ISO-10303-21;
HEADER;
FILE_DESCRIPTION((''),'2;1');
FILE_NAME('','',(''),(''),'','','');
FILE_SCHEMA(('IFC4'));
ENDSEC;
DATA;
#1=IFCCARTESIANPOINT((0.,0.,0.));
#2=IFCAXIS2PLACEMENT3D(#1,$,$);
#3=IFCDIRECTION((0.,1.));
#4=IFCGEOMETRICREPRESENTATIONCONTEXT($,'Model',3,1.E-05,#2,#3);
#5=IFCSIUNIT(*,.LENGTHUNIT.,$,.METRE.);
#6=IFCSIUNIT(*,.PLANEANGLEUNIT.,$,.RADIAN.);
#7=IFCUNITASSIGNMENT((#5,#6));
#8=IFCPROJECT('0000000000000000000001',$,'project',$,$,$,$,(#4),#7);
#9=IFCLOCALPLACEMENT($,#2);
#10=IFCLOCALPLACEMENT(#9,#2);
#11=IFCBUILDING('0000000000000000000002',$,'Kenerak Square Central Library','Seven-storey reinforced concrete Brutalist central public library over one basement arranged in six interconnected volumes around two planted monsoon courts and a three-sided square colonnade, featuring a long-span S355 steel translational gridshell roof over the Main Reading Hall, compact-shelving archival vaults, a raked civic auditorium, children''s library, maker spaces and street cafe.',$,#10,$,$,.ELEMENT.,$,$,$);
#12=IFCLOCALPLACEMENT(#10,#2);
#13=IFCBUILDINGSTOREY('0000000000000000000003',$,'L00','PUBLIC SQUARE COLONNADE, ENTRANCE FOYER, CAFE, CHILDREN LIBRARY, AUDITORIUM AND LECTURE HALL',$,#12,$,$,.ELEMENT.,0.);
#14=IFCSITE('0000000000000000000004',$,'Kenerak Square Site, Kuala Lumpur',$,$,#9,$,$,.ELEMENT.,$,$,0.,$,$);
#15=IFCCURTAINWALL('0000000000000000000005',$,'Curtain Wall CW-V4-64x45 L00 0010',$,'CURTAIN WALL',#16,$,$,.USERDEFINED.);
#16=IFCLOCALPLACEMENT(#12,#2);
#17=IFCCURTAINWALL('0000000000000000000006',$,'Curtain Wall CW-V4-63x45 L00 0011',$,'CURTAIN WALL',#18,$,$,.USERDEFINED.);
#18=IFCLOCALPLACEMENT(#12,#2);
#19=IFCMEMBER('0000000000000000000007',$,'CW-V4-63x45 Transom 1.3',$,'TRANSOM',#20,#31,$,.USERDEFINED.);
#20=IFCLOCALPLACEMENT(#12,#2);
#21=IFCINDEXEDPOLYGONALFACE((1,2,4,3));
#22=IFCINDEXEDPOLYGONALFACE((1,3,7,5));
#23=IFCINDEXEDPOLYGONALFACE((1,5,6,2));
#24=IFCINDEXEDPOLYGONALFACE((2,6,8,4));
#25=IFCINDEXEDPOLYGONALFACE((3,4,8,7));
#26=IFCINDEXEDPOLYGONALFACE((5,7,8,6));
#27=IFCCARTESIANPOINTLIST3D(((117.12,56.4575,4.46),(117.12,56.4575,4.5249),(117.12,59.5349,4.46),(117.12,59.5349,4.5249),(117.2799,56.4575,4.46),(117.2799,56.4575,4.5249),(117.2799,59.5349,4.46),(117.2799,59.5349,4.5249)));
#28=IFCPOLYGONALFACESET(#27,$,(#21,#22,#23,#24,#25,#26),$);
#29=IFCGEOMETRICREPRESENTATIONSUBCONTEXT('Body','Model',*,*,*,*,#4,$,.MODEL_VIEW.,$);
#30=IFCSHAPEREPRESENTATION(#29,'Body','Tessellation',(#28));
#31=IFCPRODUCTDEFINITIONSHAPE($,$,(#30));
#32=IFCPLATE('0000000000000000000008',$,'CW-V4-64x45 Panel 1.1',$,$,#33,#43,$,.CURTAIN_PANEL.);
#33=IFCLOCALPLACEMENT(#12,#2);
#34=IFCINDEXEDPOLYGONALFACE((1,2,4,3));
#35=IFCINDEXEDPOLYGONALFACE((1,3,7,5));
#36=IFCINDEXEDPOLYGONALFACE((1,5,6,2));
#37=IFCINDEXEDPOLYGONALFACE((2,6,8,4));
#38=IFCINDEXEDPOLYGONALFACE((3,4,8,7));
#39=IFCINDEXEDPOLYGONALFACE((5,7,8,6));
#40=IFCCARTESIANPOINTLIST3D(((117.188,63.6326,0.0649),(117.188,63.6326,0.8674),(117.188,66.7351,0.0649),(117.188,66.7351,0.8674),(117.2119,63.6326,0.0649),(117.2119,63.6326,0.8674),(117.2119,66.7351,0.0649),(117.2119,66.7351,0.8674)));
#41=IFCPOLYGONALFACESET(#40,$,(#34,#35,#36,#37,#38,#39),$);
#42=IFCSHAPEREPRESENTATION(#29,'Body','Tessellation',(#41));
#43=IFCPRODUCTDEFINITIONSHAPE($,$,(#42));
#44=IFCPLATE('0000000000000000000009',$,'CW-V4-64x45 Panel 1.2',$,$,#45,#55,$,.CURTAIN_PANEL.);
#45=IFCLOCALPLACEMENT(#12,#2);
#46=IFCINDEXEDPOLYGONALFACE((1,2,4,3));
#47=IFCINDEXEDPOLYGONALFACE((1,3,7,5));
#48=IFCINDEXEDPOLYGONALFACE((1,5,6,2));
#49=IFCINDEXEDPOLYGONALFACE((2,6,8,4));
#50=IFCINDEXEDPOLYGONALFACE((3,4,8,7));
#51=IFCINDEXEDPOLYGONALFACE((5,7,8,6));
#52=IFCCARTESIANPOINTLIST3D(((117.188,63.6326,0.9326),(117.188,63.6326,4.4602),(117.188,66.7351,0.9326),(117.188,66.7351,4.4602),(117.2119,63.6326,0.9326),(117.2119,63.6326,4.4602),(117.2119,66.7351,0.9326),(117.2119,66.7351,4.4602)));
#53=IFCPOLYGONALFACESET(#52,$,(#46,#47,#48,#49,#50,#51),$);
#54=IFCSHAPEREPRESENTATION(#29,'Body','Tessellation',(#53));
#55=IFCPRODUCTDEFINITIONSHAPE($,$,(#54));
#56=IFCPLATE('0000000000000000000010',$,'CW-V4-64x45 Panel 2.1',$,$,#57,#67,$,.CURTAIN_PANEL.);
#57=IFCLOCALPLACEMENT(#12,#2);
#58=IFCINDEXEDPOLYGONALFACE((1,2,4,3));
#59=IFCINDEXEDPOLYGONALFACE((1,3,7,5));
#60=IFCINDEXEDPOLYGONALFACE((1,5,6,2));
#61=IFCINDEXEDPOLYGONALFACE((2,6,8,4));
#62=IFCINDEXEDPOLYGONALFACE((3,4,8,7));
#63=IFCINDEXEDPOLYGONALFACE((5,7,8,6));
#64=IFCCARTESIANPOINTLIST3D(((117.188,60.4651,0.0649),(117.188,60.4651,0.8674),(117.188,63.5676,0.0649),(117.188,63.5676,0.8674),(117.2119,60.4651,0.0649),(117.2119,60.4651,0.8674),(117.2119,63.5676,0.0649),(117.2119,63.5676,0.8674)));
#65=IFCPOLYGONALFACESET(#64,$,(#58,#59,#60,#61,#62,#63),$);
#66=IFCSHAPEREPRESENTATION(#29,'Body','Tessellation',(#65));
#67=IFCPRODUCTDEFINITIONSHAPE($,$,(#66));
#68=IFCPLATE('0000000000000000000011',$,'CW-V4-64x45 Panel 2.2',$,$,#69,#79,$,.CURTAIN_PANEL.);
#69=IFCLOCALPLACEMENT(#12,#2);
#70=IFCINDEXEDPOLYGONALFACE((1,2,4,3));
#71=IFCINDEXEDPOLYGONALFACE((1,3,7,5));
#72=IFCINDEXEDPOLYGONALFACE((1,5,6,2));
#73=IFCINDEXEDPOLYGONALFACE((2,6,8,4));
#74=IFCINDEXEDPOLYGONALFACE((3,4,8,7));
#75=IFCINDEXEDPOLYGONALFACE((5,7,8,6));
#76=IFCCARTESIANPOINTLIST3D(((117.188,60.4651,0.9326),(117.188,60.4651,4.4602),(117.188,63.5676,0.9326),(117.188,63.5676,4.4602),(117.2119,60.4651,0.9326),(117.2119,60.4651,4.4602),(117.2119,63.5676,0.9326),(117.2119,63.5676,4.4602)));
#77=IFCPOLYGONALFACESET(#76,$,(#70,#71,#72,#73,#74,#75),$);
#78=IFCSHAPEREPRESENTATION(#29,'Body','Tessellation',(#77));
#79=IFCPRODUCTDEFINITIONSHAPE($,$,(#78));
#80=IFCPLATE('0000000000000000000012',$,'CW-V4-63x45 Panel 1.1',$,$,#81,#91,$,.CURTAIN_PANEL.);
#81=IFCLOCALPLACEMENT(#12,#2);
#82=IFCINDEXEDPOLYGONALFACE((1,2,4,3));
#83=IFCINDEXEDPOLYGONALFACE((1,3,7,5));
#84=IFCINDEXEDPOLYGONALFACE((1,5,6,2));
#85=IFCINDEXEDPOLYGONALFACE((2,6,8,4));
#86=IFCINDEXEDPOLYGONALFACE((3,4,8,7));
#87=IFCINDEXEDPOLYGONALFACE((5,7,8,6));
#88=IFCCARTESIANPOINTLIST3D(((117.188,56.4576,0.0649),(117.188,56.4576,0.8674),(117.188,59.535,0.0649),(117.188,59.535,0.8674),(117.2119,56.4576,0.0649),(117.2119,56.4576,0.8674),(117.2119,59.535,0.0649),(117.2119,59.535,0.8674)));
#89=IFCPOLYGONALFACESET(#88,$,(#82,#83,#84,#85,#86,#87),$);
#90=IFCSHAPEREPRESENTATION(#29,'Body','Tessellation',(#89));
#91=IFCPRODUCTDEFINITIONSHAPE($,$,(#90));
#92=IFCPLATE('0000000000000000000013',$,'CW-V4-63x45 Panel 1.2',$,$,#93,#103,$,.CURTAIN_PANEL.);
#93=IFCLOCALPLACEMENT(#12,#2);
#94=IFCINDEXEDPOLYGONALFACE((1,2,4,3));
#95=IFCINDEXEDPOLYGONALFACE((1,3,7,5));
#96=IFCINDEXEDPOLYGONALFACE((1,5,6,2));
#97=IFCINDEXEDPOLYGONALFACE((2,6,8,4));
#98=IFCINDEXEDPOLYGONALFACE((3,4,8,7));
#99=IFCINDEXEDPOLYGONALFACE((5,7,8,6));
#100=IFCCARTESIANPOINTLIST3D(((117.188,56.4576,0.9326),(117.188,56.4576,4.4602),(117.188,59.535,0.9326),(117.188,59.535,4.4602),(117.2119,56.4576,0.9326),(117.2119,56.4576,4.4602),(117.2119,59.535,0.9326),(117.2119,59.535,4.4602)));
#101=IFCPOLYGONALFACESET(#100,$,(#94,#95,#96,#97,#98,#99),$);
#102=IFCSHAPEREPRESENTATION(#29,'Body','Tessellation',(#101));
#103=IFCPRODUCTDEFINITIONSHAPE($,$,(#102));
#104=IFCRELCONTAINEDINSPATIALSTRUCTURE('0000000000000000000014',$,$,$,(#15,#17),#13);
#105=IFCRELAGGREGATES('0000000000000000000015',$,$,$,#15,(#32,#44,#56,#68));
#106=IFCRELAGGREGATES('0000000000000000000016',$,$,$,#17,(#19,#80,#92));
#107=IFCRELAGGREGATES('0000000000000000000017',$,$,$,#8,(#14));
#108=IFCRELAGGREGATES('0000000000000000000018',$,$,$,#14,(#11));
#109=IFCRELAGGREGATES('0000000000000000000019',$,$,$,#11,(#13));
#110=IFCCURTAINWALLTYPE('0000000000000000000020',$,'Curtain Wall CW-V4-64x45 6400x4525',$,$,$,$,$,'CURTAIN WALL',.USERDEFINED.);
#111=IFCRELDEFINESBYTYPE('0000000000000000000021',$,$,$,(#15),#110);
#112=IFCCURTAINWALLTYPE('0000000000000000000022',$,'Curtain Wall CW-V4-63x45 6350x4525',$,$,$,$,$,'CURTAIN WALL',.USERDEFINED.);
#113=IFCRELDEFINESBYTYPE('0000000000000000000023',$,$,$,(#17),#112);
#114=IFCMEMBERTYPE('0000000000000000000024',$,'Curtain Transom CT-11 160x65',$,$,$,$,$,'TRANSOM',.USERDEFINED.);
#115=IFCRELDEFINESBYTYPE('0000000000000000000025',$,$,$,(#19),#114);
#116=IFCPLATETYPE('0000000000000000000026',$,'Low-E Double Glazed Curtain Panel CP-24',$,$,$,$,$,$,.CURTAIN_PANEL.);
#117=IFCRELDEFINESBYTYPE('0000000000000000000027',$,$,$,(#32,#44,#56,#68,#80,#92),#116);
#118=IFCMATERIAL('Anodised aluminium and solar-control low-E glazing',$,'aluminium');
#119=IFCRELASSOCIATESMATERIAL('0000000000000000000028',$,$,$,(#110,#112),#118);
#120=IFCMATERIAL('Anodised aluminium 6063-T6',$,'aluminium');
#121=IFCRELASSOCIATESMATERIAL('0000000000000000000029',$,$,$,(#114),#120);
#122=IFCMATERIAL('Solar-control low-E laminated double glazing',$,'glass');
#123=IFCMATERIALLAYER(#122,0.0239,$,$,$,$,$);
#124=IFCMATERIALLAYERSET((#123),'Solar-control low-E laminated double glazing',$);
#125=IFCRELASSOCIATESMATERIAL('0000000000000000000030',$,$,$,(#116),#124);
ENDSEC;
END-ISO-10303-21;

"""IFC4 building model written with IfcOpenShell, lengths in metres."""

from ifc_helpers import new_model, si_unit, direction, frame, origin, origin_2d, place, context, subcontext, project, spatial, rectangle, extrude, material, layer, layer_set, material_profile, profile_set, type_object, element, aggregate, save


model = new_model("IFC4")

# Units and contexts
model_context = context("Model", 3, precision=1e-05, world=origin(), true_north=direction((0.0, 1.0)))
body_context = subcontext(model_context, "Body", "Model", "MODEL_VIEW")
ifc_project = project(units=[si_unit("LENGTHUNIT", "METRE"), si_unit("PLANEANGLEUNIT", "RADIAN")], contexts=[model_context])

# Site, building, storey
site_placement = place(None, origin())
site = spatial("IfcSite", under=ifc_project, at=site_placement, Name="Kenerak Square Site, Kuala Lumpur", CompositionType="ELEMENT", RefElevation=0.0)
building_placement = place(site_placement, origin())
building = spatial("IfcBuilding", under=site, at=building_placement, Name="Kenerak Square Central Library", Description="Seven-storey reinforced concrete Brutalist central public library over one basement arranged in six interconnected volumes around two planted monsoon courts and a three-sided square colonnade, featuring a long-span S355 steel translational gridshell roof over the Main Reading Hall, compact-shelving archival vaults, a raked civic auditorium, children's library, maker spaces and street cafe.", CompositionType="ELEMENT")
storey_placement = place(building_placement, origin())
storey = spatial("IfcBuildingStorey", under=building, at=storey_placement, Name="L00", Description="PUBLIC SQUARE COLONNADE, ENTRANCE FOYER, CAFE, CHILDREN LIBRARY, AUDITORIUM AND LECTURE HALL", CompositionType="ELEMENT", Elevation=0.0)

# Curtain walls
ifc_material_1 = material(Name="Anodised aluminium and solar-control low-E glazing", Category="aluminium")
curtain_wall_type_1 = type_object("IfcCurtainWallType", Name="Curtain Wall CW-V4-64x45 6400x4525", ElementType="CURTAIN WALL", PredefinedType="USERDEFINED", material=ifc_material_1)
curtain_wall_1_placement = place(storey_placement, origin())
curtain_wall_1 = element("IfcCurtainWall", 1, at=curtain_wall_1_placement, inside=storey, type_object=curtain_wall_type_1, Name="Curtain Wall CW-V4-64x45 L00 0010", ObjectType="CURTAIN WALL", PredefinedType="USERDEFINED")
ifc_material_2 = material(Name="Anodised aluminium 6063-T6", Category="aluminium")
curtain_wall_type_2 = type_object("IfcCurtainWallType", Name="Curtain Wall CW-V4-63x45 6350x4525", ElementType="CURTAIN WALL", PredefinedType="USERDEFINED", material=ifc_material_1)
curtain_wall_2_placement = place(storey_placement, origin())
curtain_wall_2 = element("IfcCurtainWall", 2, at=curtain_wall_2_placement, inside=storey, type_object=curtain_wall_type_2, Name="Curtain Wall CW-V4-63x45 L00 0011", ObjectType="CURTAIN WALL", PredefinedType="USERDEFINED")

# Member
ifc_material_profile_1 = material_profile(ifc_material_2, rectangle(XDim=0.1599, YDim=0.0649, at=origin_2d()), Name="AL TRANSOM 160x65")
ifc_profile_set_1 = profile_set([ifc_material_profile_1], Name="Anodised aluminium 6063-T6")
member_type_1 = type_object("IfcMemberType", Name="Curtain Transom CT-11 160x65", ElementType="TRANSOM", PredefinedType="USERDEFINED", material=ifc_profile_set_1)
member_1_placement = place(storey_placement, frame((117.2, 59.5349, 4.4924), z_axis=(0.0, -1.0, 0.0), x_axis=(1.0, 0.0, 0.0)))
member_1 = element("IfcMember", 3, at=member_1_placement, type_object=member_type_1, Name="CW-V4-63x45 Transom 1.3", ObjectType="TRANSOM", PredefinedType="USERDEFINED", context=body_context, shape_type="SweptSolid", body=[
    extrude(rectangle(XDim=0.1599, YDim=0.0649, at=origin_2d()), origin(), (0.0, 0.0, 1.0), 3.0774),
])

# Plates
ifc_material_3 = material(Name="Solar-control low-E laminated double glazing", Category="glass")
ifc_layer = layer(ifc_material_3, 0.0239)
ifc_layer_set = layer_set([ifc_layer], Name="Solar-control low-E laminated double glazing")
plate_type = type_object("IfcPlateType", Name="Low-E Double Glazed Curtain Panel CP-24", PredefinedType="CURTAIN_PANEL", material=ifc_layer_set)
plate_1_placement = place(storey_placement, frame((117.2, 65.1838, 0.0649), z_axis=(0.0, 0.0, 1.0), x_axis=(0.0, -1.0, 0.0)))
plate_1 = element("IfcPlate", 4, at=plate_1_placement, type_object=plate_type, Name="CW-V4-64x45 Panel 1.1", PredefinedType="CURTAIN_PANEL", context=body_context, shape_type="SweptSolid", body=[
    extrude(rectangle(XDim=3.1025, YDim=0.0239, at=origin_2d()), origin(), (0.0, 0.0, 1.0), 0.8025),
])
plate_2_placement = place(storey_placement, frame((117.2, 65.1838, 0.9326), z_axis=(0.0, 0.0, 1.0), x_axis=(0.0, -1.0, 0.0)))
plate_2 = element("IfcPlate", 5, at=plate_2_placement, type_object=plate_type, Name="CW-V4-64x45 Panel 1.2", PredefinedType="CURTAIN_PANEL", context=body_context, shape_type="SweptSolid", body=[
    extrude(rectangle(XDim=3.1025, YDim=0.0239, at=origin_2d()), origin(), (0.0, 0.0, 1.0), 3.5276),
])
plate_3_placement = place(storey_placement, frame((117.2, 62.0164, 0.0649), z_axis=(0.0, 0.0, 1.0), x_axis=(0.0, -1.0, 0.0)))
plate_3 = element("IfcPlate", 6, at=plate_3_placement, type_object=plate_type, Name="CW-V4-64x45 Panel 2.1", PredefinedType="CURTAIN_PANEL", context=body_context, shape_type="SweptSolid", body=[
    extrude(rectangle(XDim=3.1025, YDim=0.0239, at=origin_2d()), origin(), (0.0, 0.0, 1.0), 0.8025),
])
plate_4_placement = place(storey_placement, frame((117.2, 62.0164, 0.9326), z_axis=(0.0, 0.0, 1.0), x_axis=(0.0, -1.0, 0.0)))
plate_4 = element("IfcPlate", 7, at=plate_4_placement, type_object=plate_type, Name="CW-V4-64x45 Panel 2.2", PredefinedType="CURTAIN_PANEL", context=body_context, shape_type="SweptSolid", body=[
    extrude(rectangle(XDim=3.1025, YDim=0.0239, at=origin_2d()), origin(), (0.0, 0.0, 1.0), 3.5276),
])
aggregate(curtain_wall_1, [plate_1, plate_2, plate_3, plate_4])
plate_5_placement = place(storey_placement, frame((117.2, 57.9963, 0.0649), z_axis=(0.0, 0.0, 1.0), x_axis=(0.0, -1.0, 0.0)))
plate_5 = element("IfcPlate", 8, at=plate_5_placement, type_object=plate_type, Name="CW-V4-63x45 Panel 1.1", PredefinedType="CURTAIN_PANEL", context=body_context, shape_type="SweptSolid", body=[
    extrude(rectangle(XDim=3.0774, YDim=0.0239, at=origin_2d()), origin(), (0.0, 0.0, 1.0), 0.8025),
])
plate_6_placement = place(storey_placement, frame((117.2, 57.9963, 0.9326), z_axis=(0.0, 0.0, 1.0), x_axis=(0.0, -1.0, 0.0)))
plate_6 = element("IfcPlate", 9, at=plate_6_placement, type_object=plate_type, Name="CW-V4-63x45 Panel 1.2", PredefinedType="CURTAIN_PANEL", context=body_context, shape_type="SweptSolid", body=[
    extrude(rectangle(XDim=3.0774, YDim=0.0239, at=origin_2d()), origin(), (0.0, 0.0, 1.0), 3.5276),
])
aggregate(curtain_wall_2, [member_1, plate_5, plate_6])

save(model, "model.ifc")
